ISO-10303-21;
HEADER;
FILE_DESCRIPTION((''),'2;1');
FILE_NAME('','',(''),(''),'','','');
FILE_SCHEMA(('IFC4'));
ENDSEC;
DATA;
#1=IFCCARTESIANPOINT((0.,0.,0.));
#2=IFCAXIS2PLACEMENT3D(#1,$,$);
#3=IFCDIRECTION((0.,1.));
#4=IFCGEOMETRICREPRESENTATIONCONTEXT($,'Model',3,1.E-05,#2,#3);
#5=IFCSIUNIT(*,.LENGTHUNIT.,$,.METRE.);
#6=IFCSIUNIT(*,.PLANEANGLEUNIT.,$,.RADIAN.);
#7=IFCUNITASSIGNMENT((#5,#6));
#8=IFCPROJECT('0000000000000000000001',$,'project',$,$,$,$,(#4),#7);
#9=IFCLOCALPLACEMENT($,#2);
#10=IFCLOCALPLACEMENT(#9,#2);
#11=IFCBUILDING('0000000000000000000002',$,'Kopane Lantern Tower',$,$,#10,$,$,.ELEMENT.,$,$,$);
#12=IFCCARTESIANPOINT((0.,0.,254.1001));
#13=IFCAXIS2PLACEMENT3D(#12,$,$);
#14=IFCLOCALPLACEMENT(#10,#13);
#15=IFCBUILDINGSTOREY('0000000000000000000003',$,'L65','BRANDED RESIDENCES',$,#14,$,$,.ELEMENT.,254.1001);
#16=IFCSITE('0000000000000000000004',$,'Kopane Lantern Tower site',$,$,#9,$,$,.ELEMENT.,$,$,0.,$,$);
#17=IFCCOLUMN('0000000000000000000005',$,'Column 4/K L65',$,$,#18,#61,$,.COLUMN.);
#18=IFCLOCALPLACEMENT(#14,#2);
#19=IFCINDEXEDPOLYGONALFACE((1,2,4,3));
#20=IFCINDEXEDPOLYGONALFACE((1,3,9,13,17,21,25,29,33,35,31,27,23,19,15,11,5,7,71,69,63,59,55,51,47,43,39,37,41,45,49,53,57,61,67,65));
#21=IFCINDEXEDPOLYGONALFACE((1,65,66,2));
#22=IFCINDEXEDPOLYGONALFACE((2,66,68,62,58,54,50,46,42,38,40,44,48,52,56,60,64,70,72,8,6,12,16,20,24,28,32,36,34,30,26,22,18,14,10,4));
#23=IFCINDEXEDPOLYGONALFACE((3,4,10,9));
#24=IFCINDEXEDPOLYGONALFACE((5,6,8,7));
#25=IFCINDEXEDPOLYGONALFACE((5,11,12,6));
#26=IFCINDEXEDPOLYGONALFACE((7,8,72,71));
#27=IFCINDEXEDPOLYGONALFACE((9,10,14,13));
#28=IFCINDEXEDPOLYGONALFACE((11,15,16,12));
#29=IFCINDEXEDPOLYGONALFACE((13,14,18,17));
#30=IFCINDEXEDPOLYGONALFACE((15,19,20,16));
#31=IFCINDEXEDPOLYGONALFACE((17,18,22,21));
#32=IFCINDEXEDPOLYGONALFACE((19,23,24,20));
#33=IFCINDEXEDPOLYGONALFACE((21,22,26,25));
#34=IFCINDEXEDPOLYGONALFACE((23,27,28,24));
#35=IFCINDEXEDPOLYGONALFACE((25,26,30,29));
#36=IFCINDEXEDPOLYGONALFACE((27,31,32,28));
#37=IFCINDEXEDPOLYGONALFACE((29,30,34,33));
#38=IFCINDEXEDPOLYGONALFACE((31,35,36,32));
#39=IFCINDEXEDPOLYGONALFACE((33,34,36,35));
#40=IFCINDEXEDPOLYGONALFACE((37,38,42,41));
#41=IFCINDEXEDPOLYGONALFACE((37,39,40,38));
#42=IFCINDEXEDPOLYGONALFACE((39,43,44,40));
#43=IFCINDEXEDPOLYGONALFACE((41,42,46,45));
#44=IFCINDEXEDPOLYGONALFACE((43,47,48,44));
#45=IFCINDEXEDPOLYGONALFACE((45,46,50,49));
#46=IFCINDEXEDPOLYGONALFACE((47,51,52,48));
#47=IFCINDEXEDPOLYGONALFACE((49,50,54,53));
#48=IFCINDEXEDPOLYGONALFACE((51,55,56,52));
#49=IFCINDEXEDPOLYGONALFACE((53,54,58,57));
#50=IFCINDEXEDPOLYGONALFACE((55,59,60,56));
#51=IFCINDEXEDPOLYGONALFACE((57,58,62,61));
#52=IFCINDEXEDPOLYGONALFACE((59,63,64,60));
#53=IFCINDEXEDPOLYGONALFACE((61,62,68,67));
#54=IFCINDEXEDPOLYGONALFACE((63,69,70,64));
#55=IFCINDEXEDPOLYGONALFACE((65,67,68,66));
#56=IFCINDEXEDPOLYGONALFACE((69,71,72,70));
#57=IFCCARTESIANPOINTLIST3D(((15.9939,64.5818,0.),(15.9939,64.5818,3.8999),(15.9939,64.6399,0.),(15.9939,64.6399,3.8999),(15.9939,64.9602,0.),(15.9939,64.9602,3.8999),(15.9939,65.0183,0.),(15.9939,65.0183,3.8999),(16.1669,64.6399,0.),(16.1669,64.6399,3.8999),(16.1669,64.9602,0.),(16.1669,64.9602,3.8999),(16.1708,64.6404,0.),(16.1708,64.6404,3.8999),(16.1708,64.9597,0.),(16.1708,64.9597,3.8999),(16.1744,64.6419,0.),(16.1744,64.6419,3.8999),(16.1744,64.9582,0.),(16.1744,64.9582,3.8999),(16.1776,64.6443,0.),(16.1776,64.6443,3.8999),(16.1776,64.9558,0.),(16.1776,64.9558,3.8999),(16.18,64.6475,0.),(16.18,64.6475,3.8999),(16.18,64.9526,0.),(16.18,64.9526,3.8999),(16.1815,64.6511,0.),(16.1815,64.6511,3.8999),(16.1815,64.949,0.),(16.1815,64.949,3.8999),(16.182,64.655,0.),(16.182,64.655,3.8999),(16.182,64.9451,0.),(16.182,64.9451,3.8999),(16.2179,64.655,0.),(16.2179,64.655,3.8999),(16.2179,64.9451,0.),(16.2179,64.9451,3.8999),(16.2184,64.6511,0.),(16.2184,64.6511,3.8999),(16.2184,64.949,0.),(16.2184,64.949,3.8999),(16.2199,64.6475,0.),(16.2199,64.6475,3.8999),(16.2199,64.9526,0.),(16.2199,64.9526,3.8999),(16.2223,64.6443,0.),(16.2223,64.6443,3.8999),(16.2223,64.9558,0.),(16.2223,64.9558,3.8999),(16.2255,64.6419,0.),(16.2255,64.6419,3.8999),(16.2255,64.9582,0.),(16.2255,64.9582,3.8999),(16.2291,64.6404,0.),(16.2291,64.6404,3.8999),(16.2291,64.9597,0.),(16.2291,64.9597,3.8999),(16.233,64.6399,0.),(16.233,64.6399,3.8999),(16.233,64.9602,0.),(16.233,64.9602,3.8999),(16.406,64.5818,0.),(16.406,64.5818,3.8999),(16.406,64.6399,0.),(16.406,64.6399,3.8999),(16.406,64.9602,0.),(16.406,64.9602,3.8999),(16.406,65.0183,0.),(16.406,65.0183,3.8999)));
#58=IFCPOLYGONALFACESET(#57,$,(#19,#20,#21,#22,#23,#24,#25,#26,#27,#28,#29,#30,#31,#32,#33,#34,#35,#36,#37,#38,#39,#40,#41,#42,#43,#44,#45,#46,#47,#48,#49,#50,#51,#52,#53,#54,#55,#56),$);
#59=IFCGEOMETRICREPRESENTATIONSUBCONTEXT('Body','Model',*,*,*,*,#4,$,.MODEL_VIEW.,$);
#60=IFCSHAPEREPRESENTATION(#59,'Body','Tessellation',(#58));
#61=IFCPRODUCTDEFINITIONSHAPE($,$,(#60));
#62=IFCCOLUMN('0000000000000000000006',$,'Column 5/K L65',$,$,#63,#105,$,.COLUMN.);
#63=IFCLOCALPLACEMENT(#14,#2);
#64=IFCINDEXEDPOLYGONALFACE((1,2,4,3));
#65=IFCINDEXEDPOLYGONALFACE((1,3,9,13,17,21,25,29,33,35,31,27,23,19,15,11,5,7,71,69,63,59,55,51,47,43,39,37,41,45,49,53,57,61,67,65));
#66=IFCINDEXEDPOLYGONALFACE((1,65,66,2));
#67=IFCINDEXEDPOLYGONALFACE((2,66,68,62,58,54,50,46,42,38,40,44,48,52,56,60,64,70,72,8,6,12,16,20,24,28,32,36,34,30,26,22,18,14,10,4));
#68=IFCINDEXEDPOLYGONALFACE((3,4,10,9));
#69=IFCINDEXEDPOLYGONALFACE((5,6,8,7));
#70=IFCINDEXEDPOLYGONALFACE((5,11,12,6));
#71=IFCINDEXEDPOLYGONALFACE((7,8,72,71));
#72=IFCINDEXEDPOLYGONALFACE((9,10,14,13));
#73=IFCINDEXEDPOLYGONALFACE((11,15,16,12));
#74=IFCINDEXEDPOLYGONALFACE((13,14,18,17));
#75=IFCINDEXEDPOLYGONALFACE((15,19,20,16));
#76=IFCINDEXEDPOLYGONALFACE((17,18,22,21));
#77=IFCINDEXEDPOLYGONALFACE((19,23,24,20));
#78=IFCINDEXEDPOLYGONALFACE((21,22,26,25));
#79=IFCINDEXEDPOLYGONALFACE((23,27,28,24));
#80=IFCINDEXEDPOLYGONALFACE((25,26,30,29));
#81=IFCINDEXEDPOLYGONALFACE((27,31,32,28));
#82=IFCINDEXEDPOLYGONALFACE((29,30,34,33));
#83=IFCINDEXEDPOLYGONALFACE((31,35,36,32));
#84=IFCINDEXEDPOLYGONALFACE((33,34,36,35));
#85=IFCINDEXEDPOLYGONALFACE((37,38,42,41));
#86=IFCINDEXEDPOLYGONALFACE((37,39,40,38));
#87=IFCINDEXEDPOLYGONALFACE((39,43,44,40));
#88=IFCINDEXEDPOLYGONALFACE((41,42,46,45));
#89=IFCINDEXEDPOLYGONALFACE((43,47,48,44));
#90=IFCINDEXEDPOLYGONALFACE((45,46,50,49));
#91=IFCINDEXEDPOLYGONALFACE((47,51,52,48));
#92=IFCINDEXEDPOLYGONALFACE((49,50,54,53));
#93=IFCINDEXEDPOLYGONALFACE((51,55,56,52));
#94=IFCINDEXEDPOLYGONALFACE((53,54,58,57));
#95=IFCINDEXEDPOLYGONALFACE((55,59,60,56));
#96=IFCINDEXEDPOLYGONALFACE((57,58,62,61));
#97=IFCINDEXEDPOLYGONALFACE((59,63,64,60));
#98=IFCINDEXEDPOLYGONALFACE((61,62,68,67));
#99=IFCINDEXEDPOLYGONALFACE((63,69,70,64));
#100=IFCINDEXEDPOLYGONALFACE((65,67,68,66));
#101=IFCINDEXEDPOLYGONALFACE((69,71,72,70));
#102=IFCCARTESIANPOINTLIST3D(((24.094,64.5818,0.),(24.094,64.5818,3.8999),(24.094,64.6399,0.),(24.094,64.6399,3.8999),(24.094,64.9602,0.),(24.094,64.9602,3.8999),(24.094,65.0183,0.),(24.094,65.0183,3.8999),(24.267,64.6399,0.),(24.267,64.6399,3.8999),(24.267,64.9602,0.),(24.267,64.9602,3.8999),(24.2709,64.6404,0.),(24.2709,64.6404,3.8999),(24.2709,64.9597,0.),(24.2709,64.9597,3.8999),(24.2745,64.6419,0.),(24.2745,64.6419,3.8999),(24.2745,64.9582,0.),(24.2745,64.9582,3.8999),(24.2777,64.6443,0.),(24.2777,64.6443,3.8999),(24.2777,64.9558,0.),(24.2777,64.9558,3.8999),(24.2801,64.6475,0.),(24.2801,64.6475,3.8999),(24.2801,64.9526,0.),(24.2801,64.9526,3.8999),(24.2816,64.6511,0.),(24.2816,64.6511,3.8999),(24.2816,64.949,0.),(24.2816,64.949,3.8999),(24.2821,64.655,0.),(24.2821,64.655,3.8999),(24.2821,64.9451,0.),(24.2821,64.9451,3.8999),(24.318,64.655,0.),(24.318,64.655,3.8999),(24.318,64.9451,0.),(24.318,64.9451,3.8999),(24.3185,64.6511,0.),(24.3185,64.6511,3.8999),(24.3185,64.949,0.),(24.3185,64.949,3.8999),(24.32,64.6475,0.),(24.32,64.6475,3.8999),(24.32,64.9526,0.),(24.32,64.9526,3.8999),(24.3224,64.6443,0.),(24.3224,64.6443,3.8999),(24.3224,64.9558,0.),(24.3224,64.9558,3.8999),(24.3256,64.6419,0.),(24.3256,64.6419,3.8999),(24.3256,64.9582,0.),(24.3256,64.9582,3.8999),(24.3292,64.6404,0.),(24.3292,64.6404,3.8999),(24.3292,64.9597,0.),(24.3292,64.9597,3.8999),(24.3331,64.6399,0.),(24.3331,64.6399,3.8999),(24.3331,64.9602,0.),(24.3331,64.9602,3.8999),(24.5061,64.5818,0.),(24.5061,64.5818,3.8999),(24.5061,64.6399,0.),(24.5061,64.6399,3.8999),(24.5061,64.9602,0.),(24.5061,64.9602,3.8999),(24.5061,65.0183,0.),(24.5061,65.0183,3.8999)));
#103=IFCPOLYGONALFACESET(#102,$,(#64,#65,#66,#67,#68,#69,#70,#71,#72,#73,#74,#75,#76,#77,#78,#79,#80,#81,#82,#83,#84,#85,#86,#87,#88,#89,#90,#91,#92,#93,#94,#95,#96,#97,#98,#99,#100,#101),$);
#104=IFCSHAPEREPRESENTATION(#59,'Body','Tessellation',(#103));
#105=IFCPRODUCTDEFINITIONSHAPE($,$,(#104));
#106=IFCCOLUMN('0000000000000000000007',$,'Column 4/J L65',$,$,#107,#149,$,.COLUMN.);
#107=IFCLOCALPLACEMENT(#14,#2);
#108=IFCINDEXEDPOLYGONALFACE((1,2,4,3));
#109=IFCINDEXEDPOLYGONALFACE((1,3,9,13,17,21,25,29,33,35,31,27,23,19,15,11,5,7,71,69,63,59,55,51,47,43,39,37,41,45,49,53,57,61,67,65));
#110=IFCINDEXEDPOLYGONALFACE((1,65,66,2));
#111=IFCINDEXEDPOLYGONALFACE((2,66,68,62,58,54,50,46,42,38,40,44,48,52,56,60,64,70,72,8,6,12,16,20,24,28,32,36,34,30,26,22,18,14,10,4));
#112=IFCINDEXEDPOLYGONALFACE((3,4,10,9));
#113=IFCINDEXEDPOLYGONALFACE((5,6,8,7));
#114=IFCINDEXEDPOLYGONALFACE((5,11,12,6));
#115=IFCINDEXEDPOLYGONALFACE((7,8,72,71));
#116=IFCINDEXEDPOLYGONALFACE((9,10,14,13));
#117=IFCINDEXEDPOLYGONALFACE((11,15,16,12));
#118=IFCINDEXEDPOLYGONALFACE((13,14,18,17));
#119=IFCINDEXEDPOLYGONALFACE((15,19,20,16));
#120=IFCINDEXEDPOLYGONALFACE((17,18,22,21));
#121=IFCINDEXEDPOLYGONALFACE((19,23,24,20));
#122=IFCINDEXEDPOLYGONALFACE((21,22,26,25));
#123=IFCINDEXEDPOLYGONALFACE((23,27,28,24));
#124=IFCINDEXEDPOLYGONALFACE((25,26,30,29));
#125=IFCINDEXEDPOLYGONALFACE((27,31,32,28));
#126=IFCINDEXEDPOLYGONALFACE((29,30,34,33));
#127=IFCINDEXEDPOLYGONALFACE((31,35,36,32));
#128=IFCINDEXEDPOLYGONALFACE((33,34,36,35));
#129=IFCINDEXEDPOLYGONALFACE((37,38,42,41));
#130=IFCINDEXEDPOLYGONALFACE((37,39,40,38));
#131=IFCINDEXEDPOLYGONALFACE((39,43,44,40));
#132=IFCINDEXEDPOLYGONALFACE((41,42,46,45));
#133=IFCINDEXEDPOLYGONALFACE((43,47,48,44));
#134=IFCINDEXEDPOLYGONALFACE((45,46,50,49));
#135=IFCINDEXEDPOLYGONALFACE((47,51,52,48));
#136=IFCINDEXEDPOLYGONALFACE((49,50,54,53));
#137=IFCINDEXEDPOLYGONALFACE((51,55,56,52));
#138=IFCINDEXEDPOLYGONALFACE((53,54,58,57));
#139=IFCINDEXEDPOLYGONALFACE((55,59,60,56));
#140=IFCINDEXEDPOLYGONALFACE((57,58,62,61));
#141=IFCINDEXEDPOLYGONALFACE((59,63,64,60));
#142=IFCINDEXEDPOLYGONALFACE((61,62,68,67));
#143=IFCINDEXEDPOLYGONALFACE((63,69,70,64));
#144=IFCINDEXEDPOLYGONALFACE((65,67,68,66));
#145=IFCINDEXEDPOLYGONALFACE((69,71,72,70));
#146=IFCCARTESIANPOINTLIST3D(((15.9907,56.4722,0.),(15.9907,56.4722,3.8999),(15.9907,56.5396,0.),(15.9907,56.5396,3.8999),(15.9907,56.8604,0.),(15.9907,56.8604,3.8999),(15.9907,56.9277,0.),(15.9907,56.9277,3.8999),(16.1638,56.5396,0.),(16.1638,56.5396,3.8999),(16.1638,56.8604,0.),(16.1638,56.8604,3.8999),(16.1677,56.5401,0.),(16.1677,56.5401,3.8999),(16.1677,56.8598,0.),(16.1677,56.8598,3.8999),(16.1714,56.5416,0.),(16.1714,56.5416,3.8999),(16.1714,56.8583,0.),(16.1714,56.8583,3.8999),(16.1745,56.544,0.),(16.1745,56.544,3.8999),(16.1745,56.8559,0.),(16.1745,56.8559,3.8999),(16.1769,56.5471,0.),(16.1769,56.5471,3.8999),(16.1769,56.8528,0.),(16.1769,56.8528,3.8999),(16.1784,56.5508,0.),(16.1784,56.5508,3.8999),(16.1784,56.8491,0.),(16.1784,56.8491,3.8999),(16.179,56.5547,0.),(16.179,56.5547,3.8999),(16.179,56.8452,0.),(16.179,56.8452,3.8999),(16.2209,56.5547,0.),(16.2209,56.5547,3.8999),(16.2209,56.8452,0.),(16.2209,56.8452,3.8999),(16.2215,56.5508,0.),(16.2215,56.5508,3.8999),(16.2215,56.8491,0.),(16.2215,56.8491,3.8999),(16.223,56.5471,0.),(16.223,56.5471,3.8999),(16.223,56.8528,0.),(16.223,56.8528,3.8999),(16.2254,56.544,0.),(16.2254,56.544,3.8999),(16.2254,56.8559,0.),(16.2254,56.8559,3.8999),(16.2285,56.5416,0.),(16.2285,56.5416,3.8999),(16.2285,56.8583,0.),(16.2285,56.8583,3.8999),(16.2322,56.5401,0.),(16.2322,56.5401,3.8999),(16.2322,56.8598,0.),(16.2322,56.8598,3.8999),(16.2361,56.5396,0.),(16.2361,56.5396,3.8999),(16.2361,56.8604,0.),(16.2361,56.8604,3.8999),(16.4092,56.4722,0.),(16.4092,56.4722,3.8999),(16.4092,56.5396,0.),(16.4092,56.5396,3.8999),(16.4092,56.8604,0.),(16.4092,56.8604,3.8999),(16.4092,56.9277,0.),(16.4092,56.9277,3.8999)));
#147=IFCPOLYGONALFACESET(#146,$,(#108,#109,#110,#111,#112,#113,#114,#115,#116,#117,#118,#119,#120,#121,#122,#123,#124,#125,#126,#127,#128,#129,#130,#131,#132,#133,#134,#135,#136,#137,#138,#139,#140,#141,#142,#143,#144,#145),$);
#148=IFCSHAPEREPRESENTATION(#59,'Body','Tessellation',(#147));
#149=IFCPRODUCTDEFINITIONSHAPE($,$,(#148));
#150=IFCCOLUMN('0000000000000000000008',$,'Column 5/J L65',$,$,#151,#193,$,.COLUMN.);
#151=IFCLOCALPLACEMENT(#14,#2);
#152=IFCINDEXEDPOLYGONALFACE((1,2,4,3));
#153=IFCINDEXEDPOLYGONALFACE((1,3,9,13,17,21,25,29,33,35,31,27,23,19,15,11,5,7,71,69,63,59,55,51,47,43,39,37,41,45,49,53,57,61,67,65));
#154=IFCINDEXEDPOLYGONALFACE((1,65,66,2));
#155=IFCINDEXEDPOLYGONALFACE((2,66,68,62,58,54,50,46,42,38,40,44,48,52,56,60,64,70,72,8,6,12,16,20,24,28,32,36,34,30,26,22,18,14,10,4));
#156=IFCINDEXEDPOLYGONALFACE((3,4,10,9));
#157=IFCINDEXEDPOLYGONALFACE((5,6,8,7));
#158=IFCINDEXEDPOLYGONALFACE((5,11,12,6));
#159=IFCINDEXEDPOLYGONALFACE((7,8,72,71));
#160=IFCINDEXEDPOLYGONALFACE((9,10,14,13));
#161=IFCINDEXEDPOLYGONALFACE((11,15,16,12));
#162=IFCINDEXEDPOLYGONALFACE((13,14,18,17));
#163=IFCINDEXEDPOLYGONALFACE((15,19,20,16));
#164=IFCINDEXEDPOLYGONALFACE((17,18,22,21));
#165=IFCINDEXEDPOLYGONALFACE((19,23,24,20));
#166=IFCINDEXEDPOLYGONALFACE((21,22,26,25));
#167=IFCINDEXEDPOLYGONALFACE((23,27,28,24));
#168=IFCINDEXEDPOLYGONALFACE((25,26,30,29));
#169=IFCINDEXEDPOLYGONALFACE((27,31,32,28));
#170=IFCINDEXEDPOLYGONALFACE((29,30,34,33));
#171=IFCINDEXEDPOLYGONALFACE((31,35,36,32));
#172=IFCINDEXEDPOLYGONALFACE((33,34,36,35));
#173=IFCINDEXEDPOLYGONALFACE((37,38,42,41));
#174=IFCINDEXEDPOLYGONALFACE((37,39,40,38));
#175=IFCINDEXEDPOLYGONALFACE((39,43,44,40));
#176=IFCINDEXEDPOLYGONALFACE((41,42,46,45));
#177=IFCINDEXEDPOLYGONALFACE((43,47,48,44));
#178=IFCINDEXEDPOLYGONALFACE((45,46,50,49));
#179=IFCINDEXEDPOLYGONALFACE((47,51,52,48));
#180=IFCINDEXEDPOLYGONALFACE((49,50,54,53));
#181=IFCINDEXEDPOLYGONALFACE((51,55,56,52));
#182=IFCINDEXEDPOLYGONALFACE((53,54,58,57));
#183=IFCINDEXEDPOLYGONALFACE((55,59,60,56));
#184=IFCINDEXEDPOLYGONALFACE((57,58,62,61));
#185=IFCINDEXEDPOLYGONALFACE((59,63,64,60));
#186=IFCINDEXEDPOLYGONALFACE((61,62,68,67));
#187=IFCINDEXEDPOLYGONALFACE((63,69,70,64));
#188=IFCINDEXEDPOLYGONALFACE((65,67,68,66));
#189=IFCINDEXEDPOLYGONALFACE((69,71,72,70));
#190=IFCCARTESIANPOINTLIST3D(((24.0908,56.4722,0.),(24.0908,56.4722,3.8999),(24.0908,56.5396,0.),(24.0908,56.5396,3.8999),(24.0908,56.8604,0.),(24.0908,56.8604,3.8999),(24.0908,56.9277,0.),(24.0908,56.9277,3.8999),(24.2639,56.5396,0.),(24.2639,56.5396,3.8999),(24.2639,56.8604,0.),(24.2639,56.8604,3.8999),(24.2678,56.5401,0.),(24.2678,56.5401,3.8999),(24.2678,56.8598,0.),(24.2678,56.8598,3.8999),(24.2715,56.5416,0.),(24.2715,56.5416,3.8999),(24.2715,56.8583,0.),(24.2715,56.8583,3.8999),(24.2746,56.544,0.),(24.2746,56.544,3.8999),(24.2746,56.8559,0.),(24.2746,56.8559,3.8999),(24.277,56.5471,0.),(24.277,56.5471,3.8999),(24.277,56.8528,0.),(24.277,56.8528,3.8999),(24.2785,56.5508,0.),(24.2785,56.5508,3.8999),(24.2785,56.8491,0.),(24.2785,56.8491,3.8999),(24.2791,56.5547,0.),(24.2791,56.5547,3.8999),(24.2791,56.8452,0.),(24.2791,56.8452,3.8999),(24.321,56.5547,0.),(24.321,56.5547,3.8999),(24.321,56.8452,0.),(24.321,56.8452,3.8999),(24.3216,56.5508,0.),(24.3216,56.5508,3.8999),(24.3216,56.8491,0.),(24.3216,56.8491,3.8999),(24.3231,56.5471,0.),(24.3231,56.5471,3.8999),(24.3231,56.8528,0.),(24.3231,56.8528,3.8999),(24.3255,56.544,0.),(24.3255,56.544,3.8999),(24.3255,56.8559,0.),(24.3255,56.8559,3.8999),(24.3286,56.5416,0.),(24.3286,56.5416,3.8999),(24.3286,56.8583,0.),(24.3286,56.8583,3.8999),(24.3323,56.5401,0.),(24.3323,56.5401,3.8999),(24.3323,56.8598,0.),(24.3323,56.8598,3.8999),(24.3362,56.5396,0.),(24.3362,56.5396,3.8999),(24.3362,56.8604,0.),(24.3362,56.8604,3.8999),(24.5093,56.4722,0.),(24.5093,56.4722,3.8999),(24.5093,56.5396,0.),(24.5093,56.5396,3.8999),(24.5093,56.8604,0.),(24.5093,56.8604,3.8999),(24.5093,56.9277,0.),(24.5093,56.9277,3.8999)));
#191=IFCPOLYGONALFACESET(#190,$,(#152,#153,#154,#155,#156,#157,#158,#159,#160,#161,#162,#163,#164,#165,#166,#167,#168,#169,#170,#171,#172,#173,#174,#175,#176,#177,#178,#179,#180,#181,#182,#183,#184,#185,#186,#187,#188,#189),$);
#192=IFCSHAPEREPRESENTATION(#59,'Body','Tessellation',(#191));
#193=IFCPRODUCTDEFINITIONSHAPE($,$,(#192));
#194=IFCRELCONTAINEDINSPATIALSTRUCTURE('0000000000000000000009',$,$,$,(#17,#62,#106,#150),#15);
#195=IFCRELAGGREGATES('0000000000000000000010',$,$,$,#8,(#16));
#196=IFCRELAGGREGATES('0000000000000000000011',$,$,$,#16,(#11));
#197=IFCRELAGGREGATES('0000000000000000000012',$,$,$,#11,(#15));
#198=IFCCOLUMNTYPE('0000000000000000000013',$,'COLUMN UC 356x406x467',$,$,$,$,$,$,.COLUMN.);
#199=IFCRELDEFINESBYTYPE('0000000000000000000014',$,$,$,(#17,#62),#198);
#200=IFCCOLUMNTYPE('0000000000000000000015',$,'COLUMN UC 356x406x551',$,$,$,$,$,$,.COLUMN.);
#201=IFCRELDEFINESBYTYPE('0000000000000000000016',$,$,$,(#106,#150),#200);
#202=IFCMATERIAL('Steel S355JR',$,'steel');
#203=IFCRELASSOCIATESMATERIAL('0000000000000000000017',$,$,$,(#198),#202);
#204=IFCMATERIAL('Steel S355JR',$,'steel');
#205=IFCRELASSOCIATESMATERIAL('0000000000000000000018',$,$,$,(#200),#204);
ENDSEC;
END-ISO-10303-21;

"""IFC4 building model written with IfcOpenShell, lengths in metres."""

from ifc_helpers import new_model, si_unit, direction, frame, origin, origin_2d, place, context, subcontext, project, spatial, i_section, extrude, material, material_profile, profile_set, type_object, element, save


model = new_model("IFC4")

# Units and contexts
model_context = context("Model", 3, precision=1e-05, world=origin(), true_north=direction((0.0, 1.0)))
body_context = subcontext(model_context, "Body", "Model", "MODEL_VIEW")
ifc_project = project(units=[si_unit("LENGTHUNIT", "METRE"), si_unit("PLANEANGLEUNIT", "RADIAN")], contexts=[model_context])

# Site, building, storey
site_placement = place(None, origin())
site = spatial("IfcSite", under=ifc_project, at=site_placement, Name="Kopane Lantern Tower site", CompositionType="ELEMENT", RefElevation=0.0)
building_placement = place(site_placement, origin())
building = spatial("IfcBuilding", under=site, at=building_placement, Name="Kopane Lantern Tower", CompositionType="ELEMENT")
storey_placement = place(building_placement, frame((0.0, 0.0, 254.1001)))
storey = spatial("IfcBuildingStorey", under=building, at=storey_placement, Name="L65", Description="BRANDED RESIDENCES", CompositionType="ELEMENT", Elevation=254.1001)

# Columns
ifc_material_1 = material(Name="Steel S355JR", Category="steel")
ifc_material_profile_1 = material_profile(ifc_material_1, i_section(OverallWidth=0.4121, OverallDepth=0.4365, WebThickness=0.0359, FlangeThickness=0.0581, FilletRadius=0.0151, at=origin_2d()), Name="UC 356x406x467")
ifc_profile_set_1 = profile_set([ifc_material_profile_1], Name="Steel S355JR")
column_type_1 = type_object("IfcColumnType", Name="COLUMN UC 356x406x467", PredefinedType="COLUMN", material=ifc_profile_set_1)
for number, where, z_axis, x_axis, name in (
    (1, (16.2, 64.8, 0.0), (0.0, 0.0, 1.0), (1.0, 0.0, 0.0), "Column 4/K L65"),
    (2, (24.3, 64.8, 0.0), (0.0, 0.0, 1.0), (1.0, 0.0, 0.0), "Column 5/K L65"),
):
    element("IfcColumn", number, at=place(storey_placement, frame(where, z_axis=z_axis, x_axis=x_axis)), inside=storey, type_object=column_type_1, Name=name, PredefinedType="COLUMN", context=body_context, shape_type="SweptSolid", body=[
        extrude(i_section(OverallWidth=0.4121, OverallDepth=0.4365, WebThickness=0.0359, FlangeThickness=0.0581, FilletRadius=0.0151, at=origin_2d()), origin(), (0.0, 0.0, 1.0), 3.8999),
    ])
ifc_material_2 = material(Name="Steel S355JR", Category="steel")
ifc_material_profile_2 = material_profile(ifc_material_2, i_section(OverallWidth=0.4185, OverallDepth=0.4556, WebThickness=0.042, FlangeThickness=0.0674, FilletRadius=0.0151, at=origin_2d()), Name="UC 356x406x551")
ifc_profile_set_2 = profile_set([ifc_material_profile_2], Name="Steel S355JR")
column_type_2 = type_object("IfcColumnType", Name="COLUMN UC 356x406x551", PredefinedType="COLUMN", material=ifc_profile_set_2)
for number, where, z_axis, x_axis, name in (
    (3, (16.2, 56.7, 0.0), (0.0, 0.0, 1.0), (1.0, 0.0, 0.0), "Column 4/J L65"),
    (4, (24.3, 56.7, 0.0), (0.0, 0.0, 1.0), (1.0, 0.0, 0.0), "Column 5/J L65"),
):
    element("IfcColumn", number, at=place(storey_placement, frame(where, z_axis=z_axis, x_axis=x_axis)), inside=storey, type_object=column_type_2, Name=name, PredefinedType="COLUMN", context=body_context, shape_type="SweptSolid", body=[
        extrude(i_section(OverallWidth=0.4185, OverallDepth=0.4556, WebThickness=0.042, FlangeThickness=0.0674, FilletRadius=0.0151, at=origin_2d()), origin(), (0.0, 0.0, 1.0), 3.8999),
    ])

save(model, "model.ifc")
